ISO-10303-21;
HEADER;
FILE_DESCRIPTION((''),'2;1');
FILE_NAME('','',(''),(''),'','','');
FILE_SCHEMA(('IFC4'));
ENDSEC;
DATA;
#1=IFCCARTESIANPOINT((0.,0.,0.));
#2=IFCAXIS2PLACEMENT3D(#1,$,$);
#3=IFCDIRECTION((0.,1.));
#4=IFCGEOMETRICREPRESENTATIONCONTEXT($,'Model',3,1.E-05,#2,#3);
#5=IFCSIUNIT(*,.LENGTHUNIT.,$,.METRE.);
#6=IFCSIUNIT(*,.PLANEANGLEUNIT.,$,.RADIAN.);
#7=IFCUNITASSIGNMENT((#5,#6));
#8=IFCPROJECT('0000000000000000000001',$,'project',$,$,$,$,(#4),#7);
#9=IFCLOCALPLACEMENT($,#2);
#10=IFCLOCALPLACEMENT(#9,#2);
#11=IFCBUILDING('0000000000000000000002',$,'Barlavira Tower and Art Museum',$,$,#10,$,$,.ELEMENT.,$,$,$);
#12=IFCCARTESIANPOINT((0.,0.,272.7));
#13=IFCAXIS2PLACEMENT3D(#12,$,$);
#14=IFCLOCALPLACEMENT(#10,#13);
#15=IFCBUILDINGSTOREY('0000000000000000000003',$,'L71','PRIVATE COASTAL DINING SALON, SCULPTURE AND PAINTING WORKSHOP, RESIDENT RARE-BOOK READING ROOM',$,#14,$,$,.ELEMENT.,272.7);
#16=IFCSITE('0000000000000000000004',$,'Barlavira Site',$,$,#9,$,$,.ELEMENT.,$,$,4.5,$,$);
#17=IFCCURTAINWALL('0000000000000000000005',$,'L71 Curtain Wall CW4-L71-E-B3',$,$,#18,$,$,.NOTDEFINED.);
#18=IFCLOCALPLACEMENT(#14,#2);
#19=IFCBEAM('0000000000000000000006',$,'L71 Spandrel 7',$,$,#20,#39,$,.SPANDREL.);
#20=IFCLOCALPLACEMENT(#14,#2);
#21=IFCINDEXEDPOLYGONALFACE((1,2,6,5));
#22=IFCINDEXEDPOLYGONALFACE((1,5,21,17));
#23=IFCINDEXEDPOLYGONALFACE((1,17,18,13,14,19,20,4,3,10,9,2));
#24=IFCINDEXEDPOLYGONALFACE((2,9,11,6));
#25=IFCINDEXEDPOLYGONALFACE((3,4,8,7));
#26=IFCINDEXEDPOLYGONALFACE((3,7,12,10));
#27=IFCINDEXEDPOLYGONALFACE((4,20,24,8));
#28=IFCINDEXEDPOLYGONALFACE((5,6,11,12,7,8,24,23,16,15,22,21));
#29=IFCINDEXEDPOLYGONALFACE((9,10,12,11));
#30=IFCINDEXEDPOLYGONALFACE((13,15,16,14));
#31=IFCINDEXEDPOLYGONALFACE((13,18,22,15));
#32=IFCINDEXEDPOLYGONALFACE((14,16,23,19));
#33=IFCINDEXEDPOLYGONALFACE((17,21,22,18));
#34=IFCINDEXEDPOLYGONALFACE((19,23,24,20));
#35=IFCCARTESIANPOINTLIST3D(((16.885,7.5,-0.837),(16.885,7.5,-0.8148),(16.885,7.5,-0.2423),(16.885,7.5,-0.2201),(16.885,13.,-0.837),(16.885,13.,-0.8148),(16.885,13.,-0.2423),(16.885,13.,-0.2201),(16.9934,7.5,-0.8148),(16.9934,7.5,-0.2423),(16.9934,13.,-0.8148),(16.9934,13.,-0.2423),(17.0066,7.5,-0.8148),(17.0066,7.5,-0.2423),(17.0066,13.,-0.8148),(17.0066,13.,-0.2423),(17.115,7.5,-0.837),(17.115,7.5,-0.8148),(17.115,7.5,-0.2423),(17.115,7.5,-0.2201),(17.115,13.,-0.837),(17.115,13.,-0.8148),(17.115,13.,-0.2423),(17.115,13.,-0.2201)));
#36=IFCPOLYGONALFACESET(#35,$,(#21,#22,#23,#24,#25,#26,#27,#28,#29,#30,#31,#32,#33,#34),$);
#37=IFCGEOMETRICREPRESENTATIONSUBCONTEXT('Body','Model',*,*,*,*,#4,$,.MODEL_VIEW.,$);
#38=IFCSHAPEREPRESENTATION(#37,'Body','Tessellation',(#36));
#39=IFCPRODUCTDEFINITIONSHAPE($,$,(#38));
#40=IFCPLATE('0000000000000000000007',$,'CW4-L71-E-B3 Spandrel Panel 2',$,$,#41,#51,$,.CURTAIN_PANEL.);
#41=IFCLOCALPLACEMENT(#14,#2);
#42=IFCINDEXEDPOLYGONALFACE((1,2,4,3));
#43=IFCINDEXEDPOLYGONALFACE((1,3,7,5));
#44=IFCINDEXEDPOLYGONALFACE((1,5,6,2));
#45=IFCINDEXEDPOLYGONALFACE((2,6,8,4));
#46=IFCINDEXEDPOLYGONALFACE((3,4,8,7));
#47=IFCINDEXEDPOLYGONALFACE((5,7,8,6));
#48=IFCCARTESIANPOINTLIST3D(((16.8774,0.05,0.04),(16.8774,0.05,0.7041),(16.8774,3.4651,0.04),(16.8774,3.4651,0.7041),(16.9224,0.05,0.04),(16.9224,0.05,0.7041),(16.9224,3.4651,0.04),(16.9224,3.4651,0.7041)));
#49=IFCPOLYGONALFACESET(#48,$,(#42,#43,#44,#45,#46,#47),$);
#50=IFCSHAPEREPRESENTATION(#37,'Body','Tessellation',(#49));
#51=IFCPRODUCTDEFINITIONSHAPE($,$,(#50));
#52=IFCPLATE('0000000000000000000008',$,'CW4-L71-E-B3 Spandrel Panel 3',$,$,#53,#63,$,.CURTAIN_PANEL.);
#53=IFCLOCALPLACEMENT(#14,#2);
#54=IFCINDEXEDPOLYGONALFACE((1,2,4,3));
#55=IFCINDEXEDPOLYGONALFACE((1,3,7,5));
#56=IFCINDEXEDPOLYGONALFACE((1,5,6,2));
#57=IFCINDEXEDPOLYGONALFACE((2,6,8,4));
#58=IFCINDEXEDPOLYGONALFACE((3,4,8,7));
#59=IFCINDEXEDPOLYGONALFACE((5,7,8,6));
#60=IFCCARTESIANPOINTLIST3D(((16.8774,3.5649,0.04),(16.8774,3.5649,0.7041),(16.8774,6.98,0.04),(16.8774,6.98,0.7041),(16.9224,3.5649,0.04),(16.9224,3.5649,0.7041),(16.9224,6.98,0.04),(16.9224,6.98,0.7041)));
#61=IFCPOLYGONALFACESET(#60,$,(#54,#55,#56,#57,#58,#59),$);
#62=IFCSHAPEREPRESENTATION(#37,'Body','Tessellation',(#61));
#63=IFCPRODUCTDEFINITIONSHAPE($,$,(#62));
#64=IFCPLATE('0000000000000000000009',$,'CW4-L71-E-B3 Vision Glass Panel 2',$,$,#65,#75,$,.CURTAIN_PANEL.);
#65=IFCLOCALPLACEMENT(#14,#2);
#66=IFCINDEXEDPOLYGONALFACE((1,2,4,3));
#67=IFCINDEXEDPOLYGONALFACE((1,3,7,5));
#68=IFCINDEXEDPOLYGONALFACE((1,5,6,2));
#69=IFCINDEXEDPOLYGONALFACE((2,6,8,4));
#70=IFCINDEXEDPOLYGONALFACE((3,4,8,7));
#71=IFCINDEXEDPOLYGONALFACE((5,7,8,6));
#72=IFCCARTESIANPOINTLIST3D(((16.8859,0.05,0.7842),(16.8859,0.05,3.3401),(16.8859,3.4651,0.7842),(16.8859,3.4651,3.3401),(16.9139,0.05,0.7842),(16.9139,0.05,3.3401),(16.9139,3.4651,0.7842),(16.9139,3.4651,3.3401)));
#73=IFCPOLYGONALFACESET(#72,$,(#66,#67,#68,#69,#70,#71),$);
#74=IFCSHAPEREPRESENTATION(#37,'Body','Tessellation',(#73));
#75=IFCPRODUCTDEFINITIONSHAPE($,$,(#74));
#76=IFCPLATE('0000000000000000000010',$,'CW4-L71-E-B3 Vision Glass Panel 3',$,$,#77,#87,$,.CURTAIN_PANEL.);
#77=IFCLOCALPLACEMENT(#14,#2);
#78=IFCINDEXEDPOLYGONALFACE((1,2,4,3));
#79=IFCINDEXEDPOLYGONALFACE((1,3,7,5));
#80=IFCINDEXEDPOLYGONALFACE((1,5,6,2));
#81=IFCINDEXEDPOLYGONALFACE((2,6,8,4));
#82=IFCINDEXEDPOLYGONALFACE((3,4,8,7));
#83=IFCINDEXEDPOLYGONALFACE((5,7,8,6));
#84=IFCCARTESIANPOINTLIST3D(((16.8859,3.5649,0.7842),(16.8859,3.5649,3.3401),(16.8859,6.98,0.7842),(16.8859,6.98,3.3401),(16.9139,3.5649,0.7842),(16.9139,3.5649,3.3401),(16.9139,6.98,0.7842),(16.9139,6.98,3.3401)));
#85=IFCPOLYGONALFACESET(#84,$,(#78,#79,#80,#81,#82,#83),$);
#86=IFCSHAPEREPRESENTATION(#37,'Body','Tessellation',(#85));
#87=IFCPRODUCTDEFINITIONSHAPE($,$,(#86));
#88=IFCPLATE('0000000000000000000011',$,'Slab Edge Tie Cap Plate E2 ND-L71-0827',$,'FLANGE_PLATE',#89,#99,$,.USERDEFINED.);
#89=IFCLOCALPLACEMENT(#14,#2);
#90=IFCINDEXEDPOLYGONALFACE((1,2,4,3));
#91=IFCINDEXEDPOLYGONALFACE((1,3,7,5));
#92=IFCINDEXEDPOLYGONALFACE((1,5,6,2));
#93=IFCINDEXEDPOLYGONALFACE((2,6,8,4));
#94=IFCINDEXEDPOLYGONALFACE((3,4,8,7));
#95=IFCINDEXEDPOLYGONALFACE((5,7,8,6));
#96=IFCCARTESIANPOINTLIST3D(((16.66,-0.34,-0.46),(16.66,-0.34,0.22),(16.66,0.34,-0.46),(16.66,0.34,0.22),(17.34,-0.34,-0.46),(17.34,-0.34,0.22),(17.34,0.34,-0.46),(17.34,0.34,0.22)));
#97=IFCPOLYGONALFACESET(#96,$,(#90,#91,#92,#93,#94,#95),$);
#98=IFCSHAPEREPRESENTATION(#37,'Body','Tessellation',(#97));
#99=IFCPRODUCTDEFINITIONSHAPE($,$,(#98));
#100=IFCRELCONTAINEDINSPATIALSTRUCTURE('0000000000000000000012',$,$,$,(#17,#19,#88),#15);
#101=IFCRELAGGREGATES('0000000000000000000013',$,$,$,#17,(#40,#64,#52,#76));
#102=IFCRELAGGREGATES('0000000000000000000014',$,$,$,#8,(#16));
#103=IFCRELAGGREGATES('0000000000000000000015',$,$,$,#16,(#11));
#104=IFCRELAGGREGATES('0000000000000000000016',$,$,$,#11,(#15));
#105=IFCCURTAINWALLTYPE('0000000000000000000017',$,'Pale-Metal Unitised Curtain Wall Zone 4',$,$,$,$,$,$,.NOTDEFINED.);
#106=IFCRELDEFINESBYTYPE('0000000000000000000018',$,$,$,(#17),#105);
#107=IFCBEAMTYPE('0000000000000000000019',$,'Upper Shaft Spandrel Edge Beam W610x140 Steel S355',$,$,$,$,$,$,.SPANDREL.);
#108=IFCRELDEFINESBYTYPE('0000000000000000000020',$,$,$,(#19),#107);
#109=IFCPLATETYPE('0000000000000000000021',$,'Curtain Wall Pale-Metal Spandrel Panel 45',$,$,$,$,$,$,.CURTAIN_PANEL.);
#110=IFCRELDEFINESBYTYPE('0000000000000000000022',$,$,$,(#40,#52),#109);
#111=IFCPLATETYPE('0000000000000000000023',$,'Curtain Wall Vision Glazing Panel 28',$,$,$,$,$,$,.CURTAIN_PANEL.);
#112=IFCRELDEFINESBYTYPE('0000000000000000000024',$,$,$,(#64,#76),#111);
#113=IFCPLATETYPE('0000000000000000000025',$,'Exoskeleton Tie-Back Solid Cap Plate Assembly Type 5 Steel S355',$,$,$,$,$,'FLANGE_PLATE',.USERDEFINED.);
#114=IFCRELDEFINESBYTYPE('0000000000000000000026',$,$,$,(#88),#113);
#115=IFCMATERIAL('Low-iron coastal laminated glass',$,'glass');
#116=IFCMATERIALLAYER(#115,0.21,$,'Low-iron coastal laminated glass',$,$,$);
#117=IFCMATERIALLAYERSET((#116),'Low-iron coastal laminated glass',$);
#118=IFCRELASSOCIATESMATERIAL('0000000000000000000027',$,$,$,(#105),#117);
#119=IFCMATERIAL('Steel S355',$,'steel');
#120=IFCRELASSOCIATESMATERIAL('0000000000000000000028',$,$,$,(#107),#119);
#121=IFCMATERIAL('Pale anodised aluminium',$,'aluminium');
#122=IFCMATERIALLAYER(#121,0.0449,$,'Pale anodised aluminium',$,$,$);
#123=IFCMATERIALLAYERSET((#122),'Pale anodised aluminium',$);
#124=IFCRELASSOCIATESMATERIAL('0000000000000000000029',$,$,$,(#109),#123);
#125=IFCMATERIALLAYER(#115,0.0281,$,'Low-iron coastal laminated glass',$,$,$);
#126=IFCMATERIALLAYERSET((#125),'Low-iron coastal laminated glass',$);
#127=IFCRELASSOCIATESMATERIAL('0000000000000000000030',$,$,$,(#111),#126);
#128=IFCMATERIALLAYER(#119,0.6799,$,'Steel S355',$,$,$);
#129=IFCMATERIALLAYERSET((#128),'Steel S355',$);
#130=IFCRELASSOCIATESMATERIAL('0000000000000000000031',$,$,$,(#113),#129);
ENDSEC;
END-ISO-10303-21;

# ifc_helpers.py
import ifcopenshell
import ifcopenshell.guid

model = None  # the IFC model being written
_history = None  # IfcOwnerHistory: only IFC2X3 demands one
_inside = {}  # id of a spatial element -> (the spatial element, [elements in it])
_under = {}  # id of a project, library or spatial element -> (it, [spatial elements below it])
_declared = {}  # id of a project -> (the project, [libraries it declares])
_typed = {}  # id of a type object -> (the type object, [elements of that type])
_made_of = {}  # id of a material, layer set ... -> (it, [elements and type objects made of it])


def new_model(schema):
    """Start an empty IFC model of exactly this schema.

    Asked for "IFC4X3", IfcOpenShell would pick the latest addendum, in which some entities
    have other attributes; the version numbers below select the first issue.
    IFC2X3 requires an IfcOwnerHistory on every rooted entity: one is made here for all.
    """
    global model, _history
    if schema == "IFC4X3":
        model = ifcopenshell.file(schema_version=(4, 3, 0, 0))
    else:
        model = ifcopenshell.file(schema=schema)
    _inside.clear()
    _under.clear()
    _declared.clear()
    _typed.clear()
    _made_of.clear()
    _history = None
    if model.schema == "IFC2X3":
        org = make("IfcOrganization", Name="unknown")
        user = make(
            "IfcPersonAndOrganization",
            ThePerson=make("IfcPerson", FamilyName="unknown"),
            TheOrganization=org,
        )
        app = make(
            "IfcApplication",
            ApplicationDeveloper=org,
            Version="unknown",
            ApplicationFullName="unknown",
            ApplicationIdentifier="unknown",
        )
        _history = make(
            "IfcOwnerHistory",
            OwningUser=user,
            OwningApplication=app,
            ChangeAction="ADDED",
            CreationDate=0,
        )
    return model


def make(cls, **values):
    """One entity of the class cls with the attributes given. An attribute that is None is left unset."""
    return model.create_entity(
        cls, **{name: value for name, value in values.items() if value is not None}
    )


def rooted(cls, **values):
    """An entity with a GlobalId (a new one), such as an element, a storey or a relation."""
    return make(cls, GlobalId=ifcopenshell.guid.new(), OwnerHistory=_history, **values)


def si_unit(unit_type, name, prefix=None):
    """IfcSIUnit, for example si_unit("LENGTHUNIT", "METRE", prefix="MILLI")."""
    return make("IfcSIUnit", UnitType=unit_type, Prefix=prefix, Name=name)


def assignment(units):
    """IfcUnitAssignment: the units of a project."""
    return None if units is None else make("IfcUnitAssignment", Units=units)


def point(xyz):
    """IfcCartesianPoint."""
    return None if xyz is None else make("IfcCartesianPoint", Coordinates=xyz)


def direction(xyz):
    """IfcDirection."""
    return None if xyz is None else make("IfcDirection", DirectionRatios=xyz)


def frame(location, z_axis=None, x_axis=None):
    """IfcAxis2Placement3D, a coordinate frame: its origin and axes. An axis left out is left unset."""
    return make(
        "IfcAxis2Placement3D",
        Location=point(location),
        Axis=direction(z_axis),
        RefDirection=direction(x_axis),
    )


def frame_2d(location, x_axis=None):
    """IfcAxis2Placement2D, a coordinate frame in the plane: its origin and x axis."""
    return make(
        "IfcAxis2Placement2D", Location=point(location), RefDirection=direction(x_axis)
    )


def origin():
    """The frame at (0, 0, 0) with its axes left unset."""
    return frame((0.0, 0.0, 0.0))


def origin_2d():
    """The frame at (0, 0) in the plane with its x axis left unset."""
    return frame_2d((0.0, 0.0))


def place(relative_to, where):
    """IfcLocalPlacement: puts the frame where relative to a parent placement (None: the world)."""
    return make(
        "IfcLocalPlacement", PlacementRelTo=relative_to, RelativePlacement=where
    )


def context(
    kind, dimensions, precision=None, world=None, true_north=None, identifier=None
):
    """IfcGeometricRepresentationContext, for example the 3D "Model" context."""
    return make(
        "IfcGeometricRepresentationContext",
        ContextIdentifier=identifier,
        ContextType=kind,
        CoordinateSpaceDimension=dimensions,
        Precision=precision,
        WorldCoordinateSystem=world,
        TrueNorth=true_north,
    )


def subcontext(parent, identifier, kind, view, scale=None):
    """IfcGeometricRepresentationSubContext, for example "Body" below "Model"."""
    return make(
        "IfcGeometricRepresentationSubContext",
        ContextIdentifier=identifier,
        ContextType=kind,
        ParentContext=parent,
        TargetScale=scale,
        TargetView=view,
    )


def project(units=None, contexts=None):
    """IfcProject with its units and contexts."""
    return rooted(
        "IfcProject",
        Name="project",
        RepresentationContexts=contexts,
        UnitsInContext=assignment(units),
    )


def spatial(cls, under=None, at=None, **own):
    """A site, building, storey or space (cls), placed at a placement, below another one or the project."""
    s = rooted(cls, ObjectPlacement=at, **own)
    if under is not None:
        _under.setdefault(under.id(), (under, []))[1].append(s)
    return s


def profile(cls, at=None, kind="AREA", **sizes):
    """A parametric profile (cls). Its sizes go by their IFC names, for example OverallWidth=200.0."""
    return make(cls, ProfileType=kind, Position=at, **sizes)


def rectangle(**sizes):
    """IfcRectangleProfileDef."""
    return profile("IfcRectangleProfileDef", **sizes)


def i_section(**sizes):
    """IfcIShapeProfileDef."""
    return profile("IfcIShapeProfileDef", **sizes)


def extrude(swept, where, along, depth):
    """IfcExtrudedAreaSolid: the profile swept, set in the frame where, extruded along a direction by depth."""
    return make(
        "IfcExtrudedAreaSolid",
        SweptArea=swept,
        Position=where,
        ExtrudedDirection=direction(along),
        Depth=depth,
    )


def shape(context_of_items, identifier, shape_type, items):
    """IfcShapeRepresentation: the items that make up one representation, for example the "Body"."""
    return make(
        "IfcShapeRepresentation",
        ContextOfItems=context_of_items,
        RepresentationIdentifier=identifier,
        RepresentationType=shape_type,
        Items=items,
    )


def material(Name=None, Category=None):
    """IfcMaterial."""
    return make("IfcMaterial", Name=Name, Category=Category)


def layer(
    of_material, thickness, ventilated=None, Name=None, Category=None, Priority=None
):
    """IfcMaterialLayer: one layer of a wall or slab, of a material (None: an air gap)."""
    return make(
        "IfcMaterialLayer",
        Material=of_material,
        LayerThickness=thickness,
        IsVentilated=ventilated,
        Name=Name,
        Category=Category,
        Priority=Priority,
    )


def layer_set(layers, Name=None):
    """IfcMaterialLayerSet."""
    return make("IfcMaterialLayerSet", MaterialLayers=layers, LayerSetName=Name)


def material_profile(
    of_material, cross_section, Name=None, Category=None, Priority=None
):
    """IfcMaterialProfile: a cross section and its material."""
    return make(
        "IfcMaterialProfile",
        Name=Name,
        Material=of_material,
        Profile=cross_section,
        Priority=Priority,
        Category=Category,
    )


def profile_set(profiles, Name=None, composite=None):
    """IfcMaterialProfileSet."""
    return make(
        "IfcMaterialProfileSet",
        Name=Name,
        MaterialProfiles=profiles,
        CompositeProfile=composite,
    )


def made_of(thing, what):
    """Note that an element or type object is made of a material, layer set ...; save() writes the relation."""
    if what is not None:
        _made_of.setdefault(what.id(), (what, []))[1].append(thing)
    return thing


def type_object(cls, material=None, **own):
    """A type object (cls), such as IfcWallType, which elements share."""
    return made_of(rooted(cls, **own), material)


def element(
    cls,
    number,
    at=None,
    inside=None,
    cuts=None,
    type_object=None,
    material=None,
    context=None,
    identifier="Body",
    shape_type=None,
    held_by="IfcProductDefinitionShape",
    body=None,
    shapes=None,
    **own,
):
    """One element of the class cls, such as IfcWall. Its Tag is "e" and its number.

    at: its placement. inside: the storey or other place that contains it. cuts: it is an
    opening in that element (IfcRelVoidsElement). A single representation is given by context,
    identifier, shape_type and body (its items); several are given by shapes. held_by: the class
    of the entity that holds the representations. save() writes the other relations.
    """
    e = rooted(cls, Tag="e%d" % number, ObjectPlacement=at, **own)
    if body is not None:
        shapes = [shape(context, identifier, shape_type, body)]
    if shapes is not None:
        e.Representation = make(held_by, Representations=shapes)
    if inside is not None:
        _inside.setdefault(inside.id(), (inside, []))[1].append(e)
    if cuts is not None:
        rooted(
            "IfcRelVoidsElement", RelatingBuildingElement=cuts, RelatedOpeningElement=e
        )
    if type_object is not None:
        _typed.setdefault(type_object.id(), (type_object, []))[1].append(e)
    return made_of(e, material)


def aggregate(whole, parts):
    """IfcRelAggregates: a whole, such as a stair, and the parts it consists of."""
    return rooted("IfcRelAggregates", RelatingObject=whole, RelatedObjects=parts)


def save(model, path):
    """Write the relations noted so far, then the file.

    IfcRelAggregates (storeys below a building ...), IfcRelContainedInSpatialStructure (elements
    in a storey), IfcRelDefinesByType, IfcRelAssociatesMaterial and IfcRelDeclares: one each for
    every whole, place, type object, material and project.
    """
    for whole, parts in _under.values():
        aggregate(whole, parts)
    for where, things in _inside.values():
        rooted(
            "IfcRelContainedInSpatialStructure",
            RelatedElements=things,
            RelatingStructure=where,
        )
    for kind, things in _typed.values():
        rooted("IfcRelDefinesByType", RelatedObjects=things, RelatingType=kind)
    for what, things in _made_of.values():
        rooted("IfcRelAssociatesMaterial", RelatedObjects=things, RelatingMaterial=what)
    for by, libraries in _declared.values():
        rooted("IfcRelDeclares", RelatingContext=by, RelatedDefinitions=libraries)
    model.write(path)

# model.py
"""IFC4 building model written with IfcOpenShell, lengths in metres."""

from ifc_helpers import new_model, si_unit, direction, frame, origin, origin_2d, place, context, subcontext, project, spatial, rectangle, i_section, extrude, material, layer, layer_set, material_profile, profile_set, type_object, element, aggregate, save


model = new_model("IFC4")

# Units and contexts
model_context = context("Model", 3, precision=1e-05, world=origin(), true_north=direction((0.0, 1.0)))
body_context = subcontext(model_context, "Body", "Model", "MODEL_VIEW")
ifc_project = project(units=[si_unit("LENGTHUNIT", "METRE"), si_unit("PLANEANGLEUNIT", "RADIAN")], contexts=[model_context])

# Site, building, storey
site_placement = place(None, origin())
site = spatial("IfcSite", under=ifc_project, at=site_placement, Name="Barlavira Site", CompositionType="ELEMENT", RefElevation=4.5)
building_placement = place(site_placement, origin())
building = spatial("IfcBuilding", under=site, at=building_placement, Name="Barlavira Tower and Art Museum", CompositionType="ELEMENT")
storey_placement = place(building_placement, frame((0.0, 0.0, 272.7)))
storey = spatial("IfcBuildingStorey", under=building, at=storey_placement, Name="L71", Description="PRIVATE COASTAL DINING SALON, SCULPTURE AND PAINTING WORKSHOP, RESIDENT RARE-BOOK READING ROOM", CompositionType="ELEMENT", Elevation=272.7)

# Curtain wall
ifc_material_1 = material(Name="Low-iron coastal laminated glass", Category="glass")
ifc_layer_1 = layer(ifc_material_1, 0.21, Name="Low-iron coastal laminated glass")
ifc_layer_set_1 = layer_set([ifc_layer_1], Name="Low-iron coastal laminated glass")
curtain_wall_type = type_object("IfcCurtainWallType", Name="Pale-Metal Unitised Curtain Wall Zone 4", PredefinedType="NOTDEFINED", material=ifc_layer_set_1)
curtain_wall_placement = place(storey_placement, origin())
curtain_wall = element("IfcCurtainWall", 1, at=curtain_wall_placement, inside=storey, type_object=curtain_wall_type, Name="L71 Curtain Wall CW4-L71-E-B3", PredefinedType="NOTDEFINED")
ifc_material_2 = material(Name="Pale anodised aluminium", Category="aluminium")

# Shared definitions
ifc_material_3 = material(Name="Steel S355", Category="steel")

# Beam
ifc_material_profile_1 = material_profile(ifc_material_3, i_section(OverallWidth=0.23, OverallDepth=0.6169, WebThickness=0.0132, FlangeThickness=0.0222, at=origin_2d()), Name="W610x140.0")
ifc_profile_set_1 = profile_set([ifc_material_profile_1], Name="Steel S355")
beam_type = type_object("IfcBeamType", Name="Upper Shaft Spandrel Edge Beam W610x140 Steel S355", PredefinedType="SPANDREL", material=ifc_profile_set_1)
beam_placement = place(storey_placement, frame((17.0, 7.5, -0.5286), z_axis=(0.0, 1.0, 0.0), x_axis=(-1.0, 0.0, 0.0)))
element("IfcBeam", 2, at=beam_placement, inside=storey, type_object=beam_type, Name="L71 Spandrel 7", PredefinedType="SPANDREL", context=body_context, shape_type="SweptSolid", body=[
    extrude(i_section(OverallWidth=0.23, OverallDepth=0.6169, WebThickness=0.0132, FlangeThickness=0.0222, at=origin_2d()), origin(), (0.0, 0.0, 1.0), 5.5),
])

# Plates
ifc_layer_2 = layer(ifc_material_2, 0.0449, Name="Pale anodised aluminium")
ifc_layer_set_2 = layer_set([ifc_layer_2], Name="Pale anodised aluminium")
plate_type_1 = type_object("IfcPlateType", Name="Curtain Wall Pale-Metal Spandrel Panel 45", PredefinedType="CURTAIN_PANEL", material=ifc_layer_set_2)
plate_1_placement = place(storey_placement, frame((16.8999, 1.7576, 0.04), z_axis=(0.0, 0.0, 1.0), x_axis=(0.0, 1.0, 0.0)))
plate_1 = element("IfcPlate", 3, at=plate_1_placement, type_object=plate_type_1, Name="CW4-L71-E-B3 Spandrel Panel 2", PredefinedType="CURTAIN_PANEL", context=body_context, shape_type="SweptSolid", body=[
    extrude(rectangle(XDim=3.415, YDim=0.0449, at=origin_2d()), origin(), (0.0, 0.0, 1.0), 0.6641),
])
plate_2_placement = place(storey_placement, frame((16.8999, 5.2725, 0.04), z_axis=(0.0, 0.0, 1.0), x_axis=(0.0, 1.0, 0.0)))
plate_2 = element("IfcPlate", 4, at=plate_2_placement, type_object=plate_type_1, Name="CW4-L71-E-B3 Spandrel Panel 3", PredefinedType="CURTAIN_PANEL", context=body_context, shape_type="SweptSolid", body=[
    extrude(rectangle(XDim=3.415, YDim=0.0449, at=origin_2d()), origin(), (0.0, 0.0, 1.0), 0.6641),
])
ifc_layer_3 = layer(ifc_material_1, 0.0281, Name="Low-iron coastal laminated glass")
ifc_layer_set_3 = layer_set([ifc_layer_3], Name="Low-iron coastal laminated glass")
plate_type_2 = type_object("IfcPlateType", Name="Curtain Wall Vision Glazing Panel 28", PredefinedType="CURTAIN_PANEL", material=ifc_layer_set_3)
plate_3_placement = place(storey_placement, frame((16.8999, 1.7576, 0.7842), z_axis=(0.0, 0.0, 1.0), x_axis=(0.0, 1.0, 0.0)))
plate_3 = element("IfcPlate", 5, at=plate_3_placement, type_object=plate_type_2, Name="CW4-L71-E-B3 Vision Glass Panel 2", PredefinedType="CURTAIN_PANEL", context=body_context, shape_type="SweptSolid", body=[
    extrude(rectangle(XDim=3.415, YDim=0.0281, at=origin_2d()), origin(), (0.0, 0.0, 1.0), 2.5559),
])
plate_4_placement = place(storey_placement, frame((16.8999, 5.2725, 0.7842), z_axis=(0.0, 0.0, 1.0), x_axis=(0.0, 1.0, 0.0)))
plate_4 = element("IfcPlate", 6, at=plate_4_placement, type_object=plate_type_2, Name="CW4-L71-E-B3 Vision Glass Panel 3", PredefinedType="CURTAIN_PANEL", context=body_context, shape_type="SweptSolid", body=[
    extrude(rectangle(XDim=3.415, YDim=0.0281, at=origin_2d()), origin(), (0.0, 0.0, 1.0), 2.5559),
])
aggregate(curtain_wall, [plate_1, plate_3, plate_2, plate_4])
ifc_layer_4 = layer(ifc_material_3, 0.6799, Name="Steel S355")
ifc_layer_set_4 = layer_set([ifc_layer_4], Name="Steel S355")
plate_type_3 = type_object("IfcPlateType", Name="Exoskeleton Tie-Back Solid Cap Plate Assembly Type 5 Steel S355", ElementType="FLANGE_PLATE", PredefinedType="USERDEFINED", material=ifc_layer_set_4)
plate_5_placement = place(storey_placement, frame((17.0, 0.0, -0.46), z_axis=(0.0, 0.0, 1.0), x_axis=(1.0, 0.0, 0.0)))
element("IfcPlate", 7, at=plate_5_placement, inside=storey, type_object=plate_type_3, Name="Slab Edge Tie Cap Plate E2 ND-L71-0827", ObjectType="FLANGE_PLATE", PredefinedType="USERDEFINED", context=body_context, shape_type="SweptSolid", body=[
    extrude(rectangle(XDim=0.6799, YDim=0.6799, at=origin_2d()), origin(), (0.0, 0.0, 1.0), 0.6799),
])

save(model, "model.ifc")
